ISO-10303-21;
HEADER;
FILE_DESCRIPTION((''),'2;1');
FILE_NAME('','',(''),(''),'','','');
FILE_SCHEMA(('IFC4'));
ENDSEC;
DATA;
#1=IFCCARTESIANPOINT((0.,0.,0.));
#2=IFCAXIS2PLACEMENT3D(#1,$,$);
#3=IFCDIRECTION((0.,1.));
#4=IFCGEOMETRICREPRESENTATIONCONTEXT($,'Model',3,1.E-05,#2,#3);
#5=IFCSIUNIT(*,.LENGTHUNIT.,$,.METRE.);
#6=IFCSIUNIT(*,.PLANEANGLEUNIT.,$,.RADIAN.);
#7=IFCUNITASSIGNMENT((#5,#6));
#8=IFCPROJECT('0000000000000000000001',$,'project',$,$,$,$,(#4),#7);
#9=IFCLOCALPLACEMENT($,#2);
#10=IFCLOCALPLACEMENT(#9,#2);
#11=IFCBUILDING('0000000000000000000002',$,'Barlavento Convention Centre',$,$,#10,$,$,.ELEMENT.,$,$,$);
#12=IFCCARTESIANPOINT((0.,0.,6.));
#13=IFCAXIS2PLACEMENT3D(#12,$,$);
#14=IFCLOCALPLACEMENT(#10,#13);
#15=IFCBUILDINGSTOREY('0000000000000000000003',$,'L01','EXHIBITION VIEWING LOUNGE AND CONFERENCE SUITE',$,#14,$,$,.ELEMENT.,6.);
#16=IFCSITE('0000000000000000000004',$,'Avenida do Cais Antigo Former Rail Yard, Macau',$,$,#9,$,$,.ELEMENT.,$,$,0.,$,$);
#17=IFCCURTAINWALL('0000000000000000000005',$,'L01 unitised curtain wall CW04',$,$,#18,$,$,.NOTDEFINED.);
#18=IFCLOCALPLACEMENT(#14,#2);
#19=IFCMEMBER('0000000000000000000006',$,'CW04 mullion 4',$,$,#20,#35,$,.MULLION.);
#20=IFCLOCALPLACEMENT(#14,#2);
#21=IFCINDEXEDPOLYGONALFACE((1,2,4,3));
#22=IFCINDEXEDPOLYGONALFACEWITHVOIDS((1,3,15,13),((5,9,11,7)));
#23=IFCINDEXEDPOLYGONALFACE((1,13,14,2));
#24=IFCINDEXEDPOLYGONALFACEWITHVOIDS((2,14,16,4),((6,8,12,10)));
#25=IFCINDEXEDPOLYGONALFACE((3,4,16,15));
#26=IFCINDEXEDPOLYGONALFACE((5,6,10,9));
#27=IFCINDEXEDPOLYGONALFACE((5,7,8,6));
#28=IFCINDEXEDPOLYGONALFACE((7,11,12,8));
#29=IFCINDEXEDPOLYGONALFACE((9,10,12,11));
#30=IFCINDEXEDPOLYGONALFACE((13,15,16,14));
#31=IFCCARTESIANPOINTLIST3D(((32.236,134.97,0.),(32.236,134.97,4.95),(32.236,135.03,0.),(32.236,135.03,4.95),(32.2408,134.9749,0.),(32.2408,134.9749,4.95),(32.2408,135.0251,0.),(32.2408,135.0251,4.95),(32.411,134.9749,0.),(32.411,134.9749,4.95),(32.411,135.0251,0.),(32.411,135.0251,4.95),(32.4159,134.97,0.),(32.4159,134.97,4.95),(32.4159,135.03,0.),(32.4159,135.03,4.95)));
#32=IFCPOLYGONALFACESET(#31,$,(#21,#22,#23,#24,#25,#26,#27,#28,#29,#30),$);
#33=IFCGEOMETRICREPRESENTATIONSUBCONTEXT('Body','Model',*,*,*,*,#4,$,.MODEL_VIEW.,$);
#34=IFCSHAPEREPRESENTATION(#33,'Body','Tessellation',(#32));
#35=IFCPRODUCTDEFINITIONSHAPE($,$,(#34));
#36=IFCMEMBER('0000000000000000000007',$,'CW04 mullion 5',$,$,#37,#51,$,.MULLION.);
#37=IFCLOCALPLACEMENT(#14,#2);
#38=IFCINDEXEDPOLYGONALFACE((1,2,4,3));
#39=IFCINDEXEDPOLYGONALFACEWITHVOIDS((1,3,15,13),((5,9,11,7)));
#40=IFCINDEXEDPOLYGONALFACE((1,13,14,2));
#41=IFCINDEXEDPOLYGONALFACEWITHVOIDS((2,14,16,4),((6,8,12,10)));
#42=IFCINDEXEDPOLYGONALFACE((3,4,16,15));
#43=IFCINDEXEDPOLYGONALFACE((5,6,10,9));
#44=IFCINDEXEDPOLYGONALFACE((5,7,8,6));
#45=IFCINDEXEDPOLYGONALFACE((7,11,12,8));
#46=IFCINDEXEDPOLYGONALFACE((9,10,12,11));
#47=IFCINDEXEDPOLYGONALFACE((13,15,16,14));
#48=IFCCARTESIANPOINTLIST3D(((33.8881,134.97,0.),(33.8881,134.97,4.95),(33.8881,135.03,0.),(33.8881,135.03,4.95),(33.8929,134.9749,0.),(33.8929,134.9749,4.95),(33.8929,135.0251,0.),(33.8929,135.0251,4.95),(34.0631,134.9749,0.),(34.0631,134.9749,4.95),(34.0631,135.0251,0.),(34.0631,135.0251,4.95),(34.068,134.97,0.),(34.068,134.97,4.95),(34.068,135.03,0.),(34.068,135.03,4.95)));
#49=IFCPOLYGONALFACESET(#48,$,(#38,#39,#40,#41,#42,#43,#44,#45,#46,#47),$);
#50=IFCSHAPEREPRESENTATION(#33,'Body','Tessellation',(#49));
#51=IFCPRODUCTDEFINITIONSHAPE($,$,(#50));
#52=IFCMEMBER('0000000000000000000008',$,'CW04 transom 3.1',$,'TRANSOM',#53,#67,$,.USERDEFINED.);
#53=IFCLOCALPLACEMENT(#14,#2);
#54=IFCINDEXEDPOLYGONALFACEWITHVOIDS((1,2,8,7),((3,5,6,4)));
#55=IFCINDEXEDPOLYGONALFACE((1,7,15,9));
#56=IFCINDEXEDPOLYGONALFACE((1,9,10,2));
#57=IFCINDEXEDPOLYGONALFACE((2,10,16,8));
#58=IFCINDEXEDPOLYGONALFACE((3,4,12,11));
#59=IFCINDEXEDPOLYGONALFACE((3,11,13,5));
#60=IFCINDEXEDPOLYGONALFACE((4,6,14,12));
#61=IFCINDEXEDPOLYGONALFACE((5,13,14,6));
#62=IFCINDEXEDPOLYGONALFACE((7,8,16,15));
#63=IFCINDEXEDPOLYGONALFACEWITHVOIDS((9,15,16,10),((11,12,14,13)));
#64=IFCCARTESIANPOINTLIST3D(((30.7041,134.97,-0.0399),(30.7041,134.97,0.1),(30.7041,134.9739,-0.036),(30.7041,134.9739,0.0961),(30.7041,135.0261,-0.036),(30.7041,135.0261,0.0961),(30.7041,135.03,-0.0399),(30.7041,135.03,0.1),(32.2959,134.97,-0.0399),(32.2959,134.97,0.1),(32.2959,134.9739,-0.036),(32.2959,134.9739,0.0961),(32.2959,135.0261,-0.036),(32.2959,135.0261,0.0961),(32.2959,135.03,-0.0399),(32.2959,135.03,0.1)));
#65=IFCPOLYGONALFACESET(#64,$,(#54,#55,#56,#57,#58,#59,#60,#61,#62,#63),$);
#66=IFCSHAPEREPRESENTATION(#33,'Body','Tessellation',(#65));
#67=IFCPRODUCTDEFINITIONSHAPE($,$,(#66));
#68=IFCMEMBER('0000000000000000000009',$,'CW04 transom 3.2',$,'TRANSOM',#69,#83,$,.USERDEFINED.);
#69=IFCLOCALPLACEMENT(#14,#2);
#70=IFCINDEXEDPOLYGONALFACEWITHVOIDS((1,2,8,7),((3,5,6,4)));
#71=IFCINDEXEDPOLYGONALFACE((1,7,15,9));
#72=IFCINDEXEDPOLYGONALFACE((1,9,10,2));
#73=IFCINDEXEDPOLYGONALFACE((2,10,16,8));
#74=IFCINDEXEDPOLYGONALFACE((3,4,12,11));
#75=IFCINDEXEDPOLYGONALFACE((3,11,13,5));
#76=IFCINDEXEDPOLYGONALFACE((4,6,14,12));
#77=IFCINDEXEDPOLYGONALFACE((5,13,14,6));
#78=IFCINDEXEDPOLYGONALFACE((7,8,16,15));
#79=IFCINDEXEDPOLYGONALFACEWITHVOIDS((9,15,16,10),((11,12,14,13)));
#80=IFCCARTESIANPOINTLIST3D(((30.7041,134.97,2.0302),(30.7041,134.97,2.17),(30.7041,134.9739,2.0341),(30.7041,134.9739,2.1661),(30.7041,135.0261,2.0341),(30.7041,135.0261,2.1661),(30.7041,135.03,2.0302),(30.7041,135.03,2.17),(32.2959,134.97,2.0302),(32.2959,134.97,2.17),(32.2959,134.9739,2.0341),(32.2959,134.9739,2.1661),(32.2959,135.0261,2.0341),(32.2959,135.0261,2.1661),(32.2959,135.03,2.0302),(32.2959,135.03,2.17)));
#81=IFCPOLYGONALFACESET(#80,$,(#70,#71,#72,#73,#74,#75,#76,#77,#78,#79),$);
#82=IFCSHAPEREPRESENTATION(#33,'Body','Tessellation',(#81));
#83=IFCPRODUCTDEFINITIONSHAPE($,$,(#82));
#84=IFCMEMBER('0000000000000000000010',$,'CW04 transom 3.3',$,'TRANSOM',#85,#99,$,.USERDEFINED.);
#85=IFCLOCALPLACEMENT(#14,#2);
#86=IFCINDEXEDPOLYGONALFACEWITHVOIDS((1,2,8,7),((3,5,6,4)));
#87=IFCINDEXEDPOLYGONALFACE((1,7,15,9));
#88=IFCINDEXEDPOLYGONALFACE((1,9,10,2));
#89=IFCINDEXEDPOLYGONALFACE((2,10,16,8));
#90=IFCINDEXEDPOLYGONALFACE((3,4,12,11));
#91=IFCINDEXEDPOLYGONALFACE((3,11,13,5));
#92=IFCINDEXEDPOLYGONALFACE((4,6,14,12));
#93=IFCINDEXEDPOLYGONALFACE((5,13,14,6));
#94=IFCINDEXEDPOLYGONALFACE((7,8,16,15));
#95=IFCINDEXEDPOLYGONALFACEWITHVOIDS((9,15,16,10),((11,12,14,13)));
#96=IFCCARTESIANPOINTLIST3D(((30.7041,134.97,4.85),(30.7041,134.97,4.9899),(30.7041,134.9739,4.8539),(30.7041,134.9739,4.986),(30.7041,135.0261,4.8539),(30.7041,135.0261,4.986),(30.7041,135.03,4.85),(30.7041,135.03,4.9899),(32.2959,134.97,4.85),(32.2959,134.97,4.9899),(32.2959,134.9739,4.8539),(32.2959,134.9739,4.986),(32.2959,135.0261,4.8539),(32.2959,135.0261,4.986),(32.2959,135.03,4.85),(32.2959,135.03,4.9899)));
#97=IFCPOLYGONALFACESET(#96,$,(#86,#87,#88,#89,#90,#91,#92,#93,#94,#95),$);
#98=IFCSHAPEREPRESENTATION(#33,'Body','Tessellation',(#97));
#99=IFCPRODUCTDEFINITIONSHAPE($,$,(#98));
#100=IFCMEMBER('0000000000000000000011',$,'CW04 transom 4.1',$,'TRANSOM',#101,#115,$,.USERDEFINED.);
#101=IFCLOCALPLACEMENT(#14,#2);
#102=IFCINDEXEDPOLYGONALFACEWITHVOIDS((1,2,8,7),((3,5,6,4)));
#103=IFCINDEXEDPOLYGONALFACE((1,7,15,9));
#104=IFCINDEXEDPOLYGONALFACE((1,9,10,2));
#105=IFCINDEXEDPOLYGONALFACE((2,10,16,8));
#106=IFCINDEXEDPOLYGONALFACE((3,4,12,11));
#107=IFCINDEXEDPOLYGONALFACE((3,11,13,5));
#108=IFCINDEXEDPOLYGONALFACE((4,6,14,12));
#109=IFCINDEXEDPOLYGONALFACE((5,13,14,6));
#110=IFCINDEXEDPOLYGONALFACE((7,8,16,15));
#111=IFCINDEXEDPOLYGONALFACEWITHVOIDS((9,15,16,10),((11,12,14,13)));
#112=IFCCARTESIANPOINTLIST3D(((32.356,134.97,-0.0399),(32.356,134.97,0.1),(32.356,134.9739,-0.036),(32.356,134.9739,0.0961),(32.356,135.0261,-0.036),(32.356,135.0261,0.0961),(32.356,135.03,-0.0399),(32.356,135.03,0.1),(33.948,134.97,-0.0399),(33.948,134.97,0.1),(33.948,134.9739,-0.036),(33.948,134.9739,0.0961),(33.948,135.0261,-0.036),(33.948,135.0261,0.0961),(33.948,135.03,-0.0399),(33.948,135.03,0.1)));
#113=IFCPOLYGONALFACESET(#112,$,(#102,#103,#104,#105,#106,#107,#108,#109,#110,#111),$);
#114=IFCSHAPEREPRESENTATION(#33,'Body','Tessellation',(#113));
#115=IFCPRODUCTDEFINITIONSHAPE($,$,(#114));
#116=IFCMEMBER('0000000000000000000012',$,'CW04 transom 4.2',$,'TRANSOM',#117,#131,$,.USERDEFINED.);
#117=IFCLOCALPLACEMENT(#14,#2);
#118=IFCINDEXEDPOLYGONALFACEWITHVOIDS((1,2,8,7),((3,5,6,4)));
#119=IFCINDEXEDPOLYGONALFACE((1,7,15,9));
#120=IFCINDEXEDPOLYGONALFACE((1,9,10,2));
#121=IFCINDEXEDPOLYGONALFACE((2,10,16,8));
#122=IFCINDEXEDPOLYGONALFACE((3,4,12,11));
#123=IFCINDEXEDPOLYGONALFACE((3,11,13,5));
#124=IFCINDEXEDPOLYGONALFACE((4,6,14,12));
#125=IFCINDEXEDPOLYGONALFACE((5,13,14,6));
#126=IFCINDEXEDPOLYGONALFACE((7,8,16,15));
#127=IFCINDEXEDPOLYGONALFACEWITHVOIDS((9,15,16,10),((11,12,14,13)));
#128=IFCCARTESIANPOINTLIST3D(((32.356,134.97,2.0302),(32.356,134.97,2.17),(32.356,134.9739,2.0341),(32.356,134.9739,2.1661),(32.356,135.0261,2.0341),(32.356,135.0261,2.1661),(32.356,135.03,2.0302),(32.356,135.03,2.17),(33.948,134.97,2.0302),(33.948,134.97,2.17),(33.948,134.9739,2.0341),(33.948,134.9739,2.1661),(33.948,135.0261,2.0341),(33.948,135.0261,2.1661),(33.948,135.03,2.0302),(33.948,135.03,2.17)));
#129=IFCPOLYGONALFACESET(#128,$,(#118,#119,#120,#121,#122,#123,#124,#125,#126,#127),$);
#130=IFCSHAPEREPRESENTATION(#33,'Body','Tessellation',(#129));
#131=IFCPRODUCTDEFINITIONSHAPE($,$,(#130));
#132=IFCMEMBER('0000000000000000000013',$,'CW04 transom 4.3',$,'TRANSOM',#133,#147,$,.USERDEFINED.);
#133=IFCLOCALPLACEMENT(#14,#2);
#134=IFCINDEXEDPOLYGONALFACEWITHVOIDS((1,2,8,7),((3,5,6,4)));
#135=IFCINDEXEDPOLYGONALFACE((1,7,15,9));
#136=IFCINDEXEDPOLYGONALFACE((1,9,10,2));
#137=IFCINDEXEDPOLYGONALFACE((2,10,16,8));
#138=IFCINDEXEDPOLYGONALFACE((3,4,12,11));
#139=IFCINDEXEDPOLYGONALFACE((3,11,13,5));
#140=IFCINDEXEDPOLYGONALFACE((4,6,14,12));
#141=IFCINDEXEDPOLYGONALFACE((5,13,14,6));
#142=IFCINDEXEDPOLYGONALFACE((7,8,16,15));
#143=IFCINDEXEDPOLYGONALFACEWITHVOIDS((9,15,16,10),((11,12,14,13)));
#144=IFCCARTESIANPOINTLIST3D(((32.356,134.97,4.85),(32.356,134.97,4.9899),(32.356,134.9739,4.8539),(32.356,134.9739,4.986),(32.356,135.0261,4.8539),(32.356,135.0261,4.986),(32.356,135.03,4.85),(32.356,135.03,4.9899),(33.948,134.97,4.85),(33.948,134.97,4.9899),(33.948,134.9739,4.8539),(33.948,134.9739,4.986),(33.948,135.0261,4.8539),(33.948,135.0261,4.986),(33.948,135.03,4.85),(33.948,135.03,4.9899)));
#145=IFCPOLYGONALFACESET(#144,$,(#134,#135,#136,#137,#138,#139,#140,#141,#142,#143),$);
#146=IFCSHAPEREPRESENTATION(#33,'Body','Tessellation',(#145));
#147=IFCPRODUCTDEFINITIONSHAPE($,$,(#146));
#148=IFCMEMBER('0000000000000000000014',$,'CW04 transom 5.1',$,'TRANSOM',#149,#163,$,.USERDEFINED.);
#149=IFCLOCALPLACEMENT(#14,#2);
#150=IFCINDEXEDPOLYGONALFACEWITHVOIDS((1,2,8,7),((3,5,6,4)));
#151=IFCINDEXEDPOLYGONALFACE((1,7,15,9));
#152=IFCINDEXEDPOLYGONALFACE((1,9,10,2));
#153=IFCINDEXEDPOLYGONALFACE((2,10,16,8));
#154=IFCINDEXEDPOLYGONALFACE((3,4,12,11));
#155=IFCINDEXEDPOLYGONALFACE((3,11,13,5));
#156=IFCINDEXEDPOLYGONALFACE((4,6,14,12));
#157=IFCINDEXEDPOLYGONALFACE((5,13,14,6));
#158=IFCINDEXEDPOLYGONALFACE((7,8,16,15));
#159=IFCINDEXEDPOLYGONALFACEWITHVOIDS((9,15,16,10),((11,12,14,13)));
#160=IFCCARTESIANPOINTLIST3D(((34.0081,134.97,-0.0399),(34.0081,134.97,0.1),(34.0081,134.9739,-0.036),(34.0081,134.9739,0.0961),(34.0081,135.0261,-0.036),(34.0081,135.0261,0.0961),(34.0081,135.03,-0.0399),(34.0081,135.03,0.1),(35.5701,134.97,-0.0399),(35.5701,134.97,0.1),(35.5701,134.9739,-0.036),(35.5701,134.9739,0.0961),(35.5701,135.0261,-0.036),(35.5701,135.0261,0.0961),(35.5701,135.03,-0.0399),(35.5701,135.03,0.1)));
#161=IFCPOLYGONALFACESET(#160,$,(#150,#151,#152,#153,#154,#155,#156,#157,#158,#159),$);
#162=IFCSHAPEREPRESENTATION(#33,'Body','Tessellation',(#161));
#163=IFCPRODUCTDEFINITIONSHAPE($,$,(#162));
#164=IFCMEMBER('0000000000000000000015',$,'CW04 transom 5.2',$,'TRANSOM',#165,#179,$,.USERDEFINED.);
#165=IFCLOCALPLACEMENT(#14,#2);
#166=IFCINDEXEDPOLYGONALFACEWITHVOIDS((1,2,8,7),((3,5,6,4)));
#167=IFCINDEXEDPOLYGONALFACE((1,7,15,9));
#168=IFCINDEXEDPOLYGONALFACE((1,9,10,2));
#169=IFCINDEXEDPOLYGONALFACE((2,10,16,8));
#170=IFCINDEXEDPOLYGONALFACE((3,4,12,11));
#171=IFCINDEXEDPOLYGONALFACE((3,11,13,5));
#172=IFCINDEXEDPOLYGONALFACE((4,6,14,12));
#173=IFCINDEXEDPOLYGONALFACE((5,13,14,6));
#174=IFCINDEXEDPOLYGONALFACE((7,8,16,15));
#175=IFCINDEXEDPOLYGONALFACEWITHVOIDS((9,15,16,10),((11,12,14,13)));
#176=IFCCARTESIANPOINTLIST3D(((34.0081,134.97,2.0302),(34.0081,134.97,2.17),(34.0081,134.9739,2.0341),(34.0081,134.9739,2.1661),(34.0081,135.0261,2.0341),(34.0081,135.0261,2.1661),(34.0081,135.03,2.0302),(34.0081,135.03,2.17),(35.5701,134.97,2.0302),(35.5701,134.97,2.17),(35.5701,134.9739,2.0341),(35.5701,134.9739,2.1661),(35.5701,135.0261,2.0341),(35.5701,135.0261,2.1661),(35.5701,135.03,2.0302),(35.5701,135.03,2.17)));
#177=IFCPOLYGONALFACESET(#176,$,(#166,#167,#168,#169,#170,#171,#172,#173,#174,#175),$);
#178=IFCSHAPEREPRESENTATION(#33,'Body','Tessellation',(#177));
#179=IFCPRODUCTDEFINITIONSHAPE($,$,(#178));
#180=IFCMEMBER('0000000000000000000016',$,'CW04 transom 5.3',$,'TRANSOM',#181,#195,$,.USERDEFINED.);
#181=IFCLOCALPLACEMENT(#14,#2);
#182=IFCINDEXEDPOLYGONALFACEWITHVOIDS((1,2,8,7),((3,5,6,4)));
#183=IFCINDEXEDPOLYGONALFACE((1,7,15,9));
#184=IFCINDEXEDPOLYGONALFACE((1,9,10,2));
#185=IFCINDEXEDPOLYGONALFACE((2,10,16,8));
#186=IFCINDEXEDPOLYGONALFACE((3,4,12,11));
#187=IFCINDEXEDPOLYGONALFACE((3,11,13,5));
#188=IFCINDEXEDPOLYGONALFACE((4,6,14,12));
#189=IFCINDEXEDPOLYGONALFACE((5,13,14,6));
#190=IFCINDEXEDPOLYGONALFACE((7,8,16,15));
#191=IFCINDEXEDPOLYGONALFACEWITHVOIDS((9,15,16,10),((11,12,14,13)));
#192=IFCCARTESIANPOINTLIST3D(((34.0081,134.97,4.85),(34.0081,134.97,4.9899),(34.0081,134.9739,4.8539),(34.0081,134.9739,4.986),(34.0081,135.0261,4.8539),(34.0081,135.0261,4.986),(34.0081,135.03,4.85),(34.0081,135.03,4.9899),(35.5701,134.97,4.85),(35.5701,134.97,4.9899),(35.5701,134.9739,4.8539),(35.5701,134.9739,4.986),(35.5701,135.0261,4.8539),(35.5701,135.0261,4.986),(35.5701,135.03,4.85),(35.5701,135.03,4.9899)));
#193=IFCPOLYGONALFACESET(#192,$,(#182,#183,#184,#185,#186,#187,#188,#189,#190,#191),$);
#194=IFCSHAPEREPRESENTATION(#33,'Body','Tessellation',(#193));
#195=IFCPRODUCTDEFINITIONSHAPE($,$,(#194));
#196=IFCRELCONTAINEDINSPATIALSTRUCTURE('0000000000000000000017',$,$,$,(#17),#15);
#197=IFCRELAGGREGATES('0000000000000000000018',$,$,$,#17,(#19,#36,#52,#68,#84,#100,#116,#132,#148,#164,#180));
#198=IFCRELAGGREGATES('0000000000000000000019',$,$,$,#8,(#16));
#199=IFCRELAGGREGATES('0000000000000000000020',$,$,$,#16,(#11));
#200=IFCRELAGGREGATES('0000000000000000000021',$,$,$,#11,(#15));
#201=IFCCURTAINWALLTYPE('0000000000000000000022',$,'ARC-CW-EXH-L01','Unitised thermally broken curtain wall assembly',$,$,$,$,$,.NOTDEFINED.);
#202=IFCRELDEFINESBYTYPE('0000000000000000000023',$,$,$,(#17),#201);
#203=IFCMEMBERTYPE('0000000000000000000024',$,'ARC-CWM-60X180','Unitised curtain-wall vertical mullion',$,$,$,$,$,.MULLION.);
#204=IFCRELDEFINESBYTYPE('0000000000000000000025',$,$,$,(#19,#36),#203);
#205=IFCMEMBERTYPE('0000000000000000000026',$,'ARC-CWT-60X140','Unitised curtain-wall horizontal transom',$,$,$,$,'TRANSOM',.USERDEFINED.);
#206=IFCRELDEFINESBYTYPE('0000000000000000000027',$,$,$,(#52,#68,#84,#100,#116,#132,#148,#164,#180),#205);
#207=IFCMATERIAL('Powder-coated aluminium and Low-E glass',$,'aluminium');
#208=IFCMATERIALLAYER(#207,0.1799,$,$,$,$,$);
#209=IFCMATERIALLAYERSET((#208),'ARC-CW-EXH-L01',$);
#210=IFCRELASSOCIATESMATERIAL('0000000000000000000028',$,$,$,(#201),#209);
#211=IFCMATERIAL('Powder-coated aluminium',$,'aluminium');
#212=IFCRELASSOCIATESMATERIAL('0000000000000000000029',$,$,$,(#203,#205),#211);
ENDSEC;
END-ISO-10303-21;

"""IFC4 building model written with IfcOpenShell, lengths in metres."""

from ifc_helpers import new_model, si_unit, direction, frame, origin, origin_2d, place, context, subcontext, project, spatial, hollow_rectangle, extrude, material, layer, layer_set, material_profile, profile_set, type_object, element, aggregate, save


model = new_model("IFC4")

# Units and contexts
model_context = context("Model", 3, precision=1e-05, world=origin(), true_north=direction((0.0, 1.0)))
body_context = subcontext(model_context, "Body", "Model", "MODEL_VIEW")
ifc_project = project(units=[si_unit("LENGTHUNIT", "METRE"), si_unit("PLANEANGLEUNIT", "RADIAN")], contexts=[model_context])

# Site, building, storey
site_placement = place(None, origin())
site = spatial("IfcSite", under=ifc_project, at=site_placement, Name="Avenida do Cais Antigo Former Rail Yard, Macau", CompositionType="ELEMENT", RefElevation=0.0)
building_placement = place(site_placement, origin())
building = spatial("IfcBuilding", under=site, at=building_placement, Name="Barlavento Convention Centre", CompositionType="ELEMENT")
storey_placement = place(building_placement, frame((0.0, 0.0, 6.0)))
storey = spatial("IfcBuildingStorey", under=building, at=storey_placement, Name="L01", Description="EXHIBITION VIEWING LOUNGE AND CONFERENCE SUITE", CompositionType="ELEMENT", Elevation=6.0)

# Curtain wall, members
ifc_material_1 = material(Name="Powder-coated aluminium and Low-E glass", Category="aluminium")
ifc_layer_1 = layer(ifc_material_1, 0.1799)
ifc_layer_set_1 = layer_set([ifc_layer_1], Name="ARC-CW-EXH-L01")
curtain_wall_type = type_object("IfcCurtainWallType", Name="ARC-CW-EXH-L01", Description="Unitised thermally broken curtain wall assembly", PredefinedType="NOTDEFINED", material=ifc_layer_set_1)
curtain_wall_placement = place(storey_placement, origin())
curtain_wall = element("IfcCurtainWall", 1, at=curtain_wall_placement, inside=storey, type_object=curtain_wall_type, Name="L01 unitised curtain wall CW04", PredefinedType="NOTDEFINED")
ifc_material_2 = material(Name="Powder-coated aluminium", Category="aluminium")
ifc_material_profile_1 = material_profile(ifc_material_2, hollow_rectangle(XDim=0.0601, YDim=0.1799, WallThickness=0.0049, at=origin_2d()), Name="AL-MULL 60x180x5")
ifc_profile_set_1 = profile_set([ifc_material_profile_1], Name="Powder-coated aluminium")
member_type_1 = type_object("IfcMemberType", Name="ARC-CWM-60X180", Description="Unitised curtain-wall vertical mullion", PredefinedType="MULLION", material=ifc_profile_set_1)
member_1_placement = place(storey_placement, frame((32.3259, 135.0, 0.0), z_axis=(0.0, 0.0, 1.0), x_axis=(0.0, 1.0, 0.0)))
member_1 = element("IfcMember", 2, at=member_1_placement, type_object=member_type_1, Name="CW04 mullion 4", PredefinedType="MULLION", context=body_context, shape_type="SweptSolid", body=[
    extrude(hollow_rectangle(XDim=0.0601, YDim=0.1799, WallThickness=0.0049, at=origin_2d()), origin(), (0.0, 0.0, 1.0), 4.95),
])
member_2_placement = place(storey_placement, frame((33.978, 135.0, 0.0), z_axis=(0.0, 0.0, 1.0), x_axis=(0.0, 1.0, 0.0)))
member_2 = element("IfcMember", 3, at=member_2_placement, type_object=member_type_1, Name="CW04 mullion 5", PredefinedType="MULLION", context=body_context, shape_type="SweptSolid", body=[
    extrude(hollow_rectangle(XDim=0.0601, YDim=0.1799, WallThickness=0.0049, at=origin_2d()), origin(), (0.0, 0.0, 1.0), 4.95),
])
ifc_material_profile_2 = material_profile(ifc_material_2, hollow_rectangle(XDim=0.0601, YDim=0.1399, WallThickness=0.0039, at=origin_2d()), Name="AL-TRAN 60x140x4")
ifc_profile_set_2 = profile_set([ifc_material_profile_2], Name="Powder-coated aluminium")
member_type_2 = type_object("IfcMemberType", Name="ARC-CWT-60X140", Description="Unitised curtain-wall horizontal transom", ElementType="TRANSOM", PredefinedType="USERDEFINED", material=ifc_profile_set_2)
member_3_placement = place(storey_placement, frame((30.7041, 135.0, 0.03), z_axis=(1.0, 0.0, 0.0), x_axis=(0.0, 1.0, 0.0)))
member_3 = element("IfcMember", 4, at=member_3_placement, type_object=member_type_2, Name="CW04 transom 3.1", ObjectType="TRANSOM", PredefinedType="USERDEFINED", context=body_context, shape_type="SweptSolid", body=[
    extrude(hollow_rectangle(XDim=0.0601, YDim=0.1399, WallThickness=0.0039, at=origin_2d()), origin(), (0.0, 0.0, 1.0), 1.5918),
])
member_4_placement = place(storey_placement, frame((30.7041, 135.0, 2.1001), z_axis=(1.0, 0.0, 0.0), x_axis=(0.0, 1.0, 0.0)))
member_4 = element("IfcMember", 5, at=member_4_placement, type_object=member_type_2, Name="CW04 transom 3.2", ObjectType="TRANSOM", PredefinedType="USERDEFINED", context=body_context, shape_type="SweptSolid", body=[
    extrude(hollow_rectangle(XDim=0.0601, YDim=0.1399, WallThickness=0.0039, at=origin_2d()), origin(), (0.0, 0.0, 1.0), 1.5918),
])
member_5_placement = place(storey_placement, frame((30.7041, 135.0, 4.9199), z_axis=(1.0, 0.0, 0.0), x_axis=(0.0, 1.0, 0.0)))
member_5 = element("IfcMember", 6, at=member_5_placement, type_object=member_type_2, Name="CW04 transom 3.3", ObjectType="TRANSOM", PredefinedType="USERDEFINED", context=body_context, shape_type="SweptSolid", body=[
    extrude(hollow_rectangle(XDim=0.0601, YDim=0.1399, WallThickness=0.0039, at=origin_2d()), origin(), (0.0, 0.0, 1.0), 1.5918),
])
member_6_placement = place(storey_placement, frame((32.356, 135.0, 0.03), z_axis=(1.0, 0.0, 0.0), x_axis=(0.0, 1.0, 0.0)))
member_6 = element("IfcMember", 7, at=member_6_placement, type_object=member_type_2, Name="CW04 transom 4.1", ObjectType="TRANSOM", PredefinedType="USERDEFINED", context=body_context, shape_type="SweptSolid", body=[
    extrude(hollow_rectangle(XDim=0.0601, YDim=0.1399, WallThickness=0.0039, at=origin_2d()), origin(), (0.0, 0.0, 1.0), 1.592),
])
member_7_placement = place(storey_placement, frame((32.356, 135.0, 2.1001), z_axis=(1.0, 0.0, 0.0), x_axis=(0.0, 1.0, 0.0)))
member_7 = element("IfcMember", 8, at=member_7_placement, type_object=member_type_2, Name="CW04 transom 4.2", ObjectType="TRANSOM", PredefinedType="USERDEFINED", context=body_context, shape_type="SweptSolid", body=[
    extrude(hollow_rectangle(XDim=0.0601, YDim=0.1399, WallThickness=0.0039, at=origin_2d()), origin(), (0.0, 0.0, 1.0), 1.592),
])
member_8_placement = place(storey_placement, frame((32.356, 135.0, 4.9199), z_axis=(1.0, 0.0, 0.0), x_axis=(0.0, 1.0, 0.0)))
member_8 = element("IfcMember", 9, at=member_8_placement, type_object=member_type_2, Name="CW04 transom 4.3", ObjectType="TRANSOM", PredefinedType="USERDEFINED", context=body_context, shape_type="SweptSolid", body=[
    extrude(hollow_rectangle(XDim=0.0601, YDim=0.1399, WallThickness=0.0039, at=origin_2d()), origin(), (0.0, 0.0, 1.0), 1.592),
])
member_9_placement = place(storey_placement, frame((34.0081, 135.0, 0.03), z_axis=(1.0, 0.0, 0.0), x_axis=(0.0, 1.0, 0.0)))
member_9 = element("IfcMember", 10, at=member_9_placement, type_object=member_type_2, Name="CW04 transom 5.1", ObjectType="TRANSOM", PredefinedType="USERDEFINED", context=body_context, shape_type="SweptSolid", body=[
    extrude(hollow_rectangle(XDim=0.0601, YDim=0.1399, WallThickness=0.0039, at=origin_2d()), origin(), (0.0, 0.0, 1.0), 1.562),
])
member_10_placement = place(storey_placement, frame((34.0081, 135.0, 2.1001), z_axis=(1.0, 0.0, 0.0), x_axis=(0.0, 1.0, 0.0)))
member_10 = element("IfcMember", 11, at=member_10_placement, type_object=member_type_2, Name="CW04 transom 5.2", ObjectType="TRANSOM", PredefinedType="USERDEFINED", context=body_context, shape_type="SweptSolid", body=[
    extrude(hollow_rectangle(XDim=0.0601, YDim=0.1399, WallThickness=0.0039, at=origin_2d()), origin(), (0.0, 0.0, 1.0), 1.562),
])
member_11_placement = place(storey_placement, frame((34.0081, 135.0, 4.9199), z_axis=(1.0, 0.0, 0.0), x_axis=(0.0, 1.0, 0.0)))
member_11 = element("IfcMember", 12, at=member_11_placement, type_object=member_type_2, Name="CW04 transom 5.3", ObjectType="TRANSOM", PredefinedType="USERDEFINED", context=body_context, shape_type="SweptSolid", body=[
    extrude(hollow_rectangle(XDim=0.0601, YDim=0.1399, WallThickness=0.0039, at=origin_2d()), origin(), (0.0, 0.0, 1.0), 1.562),
])

aggregate(curtain_wall, [member_1, member_2, member_3, member_4, member_5, member_6, member_7, member_8, member_9, member_10, member_11])

save(model, "model.ifc")
